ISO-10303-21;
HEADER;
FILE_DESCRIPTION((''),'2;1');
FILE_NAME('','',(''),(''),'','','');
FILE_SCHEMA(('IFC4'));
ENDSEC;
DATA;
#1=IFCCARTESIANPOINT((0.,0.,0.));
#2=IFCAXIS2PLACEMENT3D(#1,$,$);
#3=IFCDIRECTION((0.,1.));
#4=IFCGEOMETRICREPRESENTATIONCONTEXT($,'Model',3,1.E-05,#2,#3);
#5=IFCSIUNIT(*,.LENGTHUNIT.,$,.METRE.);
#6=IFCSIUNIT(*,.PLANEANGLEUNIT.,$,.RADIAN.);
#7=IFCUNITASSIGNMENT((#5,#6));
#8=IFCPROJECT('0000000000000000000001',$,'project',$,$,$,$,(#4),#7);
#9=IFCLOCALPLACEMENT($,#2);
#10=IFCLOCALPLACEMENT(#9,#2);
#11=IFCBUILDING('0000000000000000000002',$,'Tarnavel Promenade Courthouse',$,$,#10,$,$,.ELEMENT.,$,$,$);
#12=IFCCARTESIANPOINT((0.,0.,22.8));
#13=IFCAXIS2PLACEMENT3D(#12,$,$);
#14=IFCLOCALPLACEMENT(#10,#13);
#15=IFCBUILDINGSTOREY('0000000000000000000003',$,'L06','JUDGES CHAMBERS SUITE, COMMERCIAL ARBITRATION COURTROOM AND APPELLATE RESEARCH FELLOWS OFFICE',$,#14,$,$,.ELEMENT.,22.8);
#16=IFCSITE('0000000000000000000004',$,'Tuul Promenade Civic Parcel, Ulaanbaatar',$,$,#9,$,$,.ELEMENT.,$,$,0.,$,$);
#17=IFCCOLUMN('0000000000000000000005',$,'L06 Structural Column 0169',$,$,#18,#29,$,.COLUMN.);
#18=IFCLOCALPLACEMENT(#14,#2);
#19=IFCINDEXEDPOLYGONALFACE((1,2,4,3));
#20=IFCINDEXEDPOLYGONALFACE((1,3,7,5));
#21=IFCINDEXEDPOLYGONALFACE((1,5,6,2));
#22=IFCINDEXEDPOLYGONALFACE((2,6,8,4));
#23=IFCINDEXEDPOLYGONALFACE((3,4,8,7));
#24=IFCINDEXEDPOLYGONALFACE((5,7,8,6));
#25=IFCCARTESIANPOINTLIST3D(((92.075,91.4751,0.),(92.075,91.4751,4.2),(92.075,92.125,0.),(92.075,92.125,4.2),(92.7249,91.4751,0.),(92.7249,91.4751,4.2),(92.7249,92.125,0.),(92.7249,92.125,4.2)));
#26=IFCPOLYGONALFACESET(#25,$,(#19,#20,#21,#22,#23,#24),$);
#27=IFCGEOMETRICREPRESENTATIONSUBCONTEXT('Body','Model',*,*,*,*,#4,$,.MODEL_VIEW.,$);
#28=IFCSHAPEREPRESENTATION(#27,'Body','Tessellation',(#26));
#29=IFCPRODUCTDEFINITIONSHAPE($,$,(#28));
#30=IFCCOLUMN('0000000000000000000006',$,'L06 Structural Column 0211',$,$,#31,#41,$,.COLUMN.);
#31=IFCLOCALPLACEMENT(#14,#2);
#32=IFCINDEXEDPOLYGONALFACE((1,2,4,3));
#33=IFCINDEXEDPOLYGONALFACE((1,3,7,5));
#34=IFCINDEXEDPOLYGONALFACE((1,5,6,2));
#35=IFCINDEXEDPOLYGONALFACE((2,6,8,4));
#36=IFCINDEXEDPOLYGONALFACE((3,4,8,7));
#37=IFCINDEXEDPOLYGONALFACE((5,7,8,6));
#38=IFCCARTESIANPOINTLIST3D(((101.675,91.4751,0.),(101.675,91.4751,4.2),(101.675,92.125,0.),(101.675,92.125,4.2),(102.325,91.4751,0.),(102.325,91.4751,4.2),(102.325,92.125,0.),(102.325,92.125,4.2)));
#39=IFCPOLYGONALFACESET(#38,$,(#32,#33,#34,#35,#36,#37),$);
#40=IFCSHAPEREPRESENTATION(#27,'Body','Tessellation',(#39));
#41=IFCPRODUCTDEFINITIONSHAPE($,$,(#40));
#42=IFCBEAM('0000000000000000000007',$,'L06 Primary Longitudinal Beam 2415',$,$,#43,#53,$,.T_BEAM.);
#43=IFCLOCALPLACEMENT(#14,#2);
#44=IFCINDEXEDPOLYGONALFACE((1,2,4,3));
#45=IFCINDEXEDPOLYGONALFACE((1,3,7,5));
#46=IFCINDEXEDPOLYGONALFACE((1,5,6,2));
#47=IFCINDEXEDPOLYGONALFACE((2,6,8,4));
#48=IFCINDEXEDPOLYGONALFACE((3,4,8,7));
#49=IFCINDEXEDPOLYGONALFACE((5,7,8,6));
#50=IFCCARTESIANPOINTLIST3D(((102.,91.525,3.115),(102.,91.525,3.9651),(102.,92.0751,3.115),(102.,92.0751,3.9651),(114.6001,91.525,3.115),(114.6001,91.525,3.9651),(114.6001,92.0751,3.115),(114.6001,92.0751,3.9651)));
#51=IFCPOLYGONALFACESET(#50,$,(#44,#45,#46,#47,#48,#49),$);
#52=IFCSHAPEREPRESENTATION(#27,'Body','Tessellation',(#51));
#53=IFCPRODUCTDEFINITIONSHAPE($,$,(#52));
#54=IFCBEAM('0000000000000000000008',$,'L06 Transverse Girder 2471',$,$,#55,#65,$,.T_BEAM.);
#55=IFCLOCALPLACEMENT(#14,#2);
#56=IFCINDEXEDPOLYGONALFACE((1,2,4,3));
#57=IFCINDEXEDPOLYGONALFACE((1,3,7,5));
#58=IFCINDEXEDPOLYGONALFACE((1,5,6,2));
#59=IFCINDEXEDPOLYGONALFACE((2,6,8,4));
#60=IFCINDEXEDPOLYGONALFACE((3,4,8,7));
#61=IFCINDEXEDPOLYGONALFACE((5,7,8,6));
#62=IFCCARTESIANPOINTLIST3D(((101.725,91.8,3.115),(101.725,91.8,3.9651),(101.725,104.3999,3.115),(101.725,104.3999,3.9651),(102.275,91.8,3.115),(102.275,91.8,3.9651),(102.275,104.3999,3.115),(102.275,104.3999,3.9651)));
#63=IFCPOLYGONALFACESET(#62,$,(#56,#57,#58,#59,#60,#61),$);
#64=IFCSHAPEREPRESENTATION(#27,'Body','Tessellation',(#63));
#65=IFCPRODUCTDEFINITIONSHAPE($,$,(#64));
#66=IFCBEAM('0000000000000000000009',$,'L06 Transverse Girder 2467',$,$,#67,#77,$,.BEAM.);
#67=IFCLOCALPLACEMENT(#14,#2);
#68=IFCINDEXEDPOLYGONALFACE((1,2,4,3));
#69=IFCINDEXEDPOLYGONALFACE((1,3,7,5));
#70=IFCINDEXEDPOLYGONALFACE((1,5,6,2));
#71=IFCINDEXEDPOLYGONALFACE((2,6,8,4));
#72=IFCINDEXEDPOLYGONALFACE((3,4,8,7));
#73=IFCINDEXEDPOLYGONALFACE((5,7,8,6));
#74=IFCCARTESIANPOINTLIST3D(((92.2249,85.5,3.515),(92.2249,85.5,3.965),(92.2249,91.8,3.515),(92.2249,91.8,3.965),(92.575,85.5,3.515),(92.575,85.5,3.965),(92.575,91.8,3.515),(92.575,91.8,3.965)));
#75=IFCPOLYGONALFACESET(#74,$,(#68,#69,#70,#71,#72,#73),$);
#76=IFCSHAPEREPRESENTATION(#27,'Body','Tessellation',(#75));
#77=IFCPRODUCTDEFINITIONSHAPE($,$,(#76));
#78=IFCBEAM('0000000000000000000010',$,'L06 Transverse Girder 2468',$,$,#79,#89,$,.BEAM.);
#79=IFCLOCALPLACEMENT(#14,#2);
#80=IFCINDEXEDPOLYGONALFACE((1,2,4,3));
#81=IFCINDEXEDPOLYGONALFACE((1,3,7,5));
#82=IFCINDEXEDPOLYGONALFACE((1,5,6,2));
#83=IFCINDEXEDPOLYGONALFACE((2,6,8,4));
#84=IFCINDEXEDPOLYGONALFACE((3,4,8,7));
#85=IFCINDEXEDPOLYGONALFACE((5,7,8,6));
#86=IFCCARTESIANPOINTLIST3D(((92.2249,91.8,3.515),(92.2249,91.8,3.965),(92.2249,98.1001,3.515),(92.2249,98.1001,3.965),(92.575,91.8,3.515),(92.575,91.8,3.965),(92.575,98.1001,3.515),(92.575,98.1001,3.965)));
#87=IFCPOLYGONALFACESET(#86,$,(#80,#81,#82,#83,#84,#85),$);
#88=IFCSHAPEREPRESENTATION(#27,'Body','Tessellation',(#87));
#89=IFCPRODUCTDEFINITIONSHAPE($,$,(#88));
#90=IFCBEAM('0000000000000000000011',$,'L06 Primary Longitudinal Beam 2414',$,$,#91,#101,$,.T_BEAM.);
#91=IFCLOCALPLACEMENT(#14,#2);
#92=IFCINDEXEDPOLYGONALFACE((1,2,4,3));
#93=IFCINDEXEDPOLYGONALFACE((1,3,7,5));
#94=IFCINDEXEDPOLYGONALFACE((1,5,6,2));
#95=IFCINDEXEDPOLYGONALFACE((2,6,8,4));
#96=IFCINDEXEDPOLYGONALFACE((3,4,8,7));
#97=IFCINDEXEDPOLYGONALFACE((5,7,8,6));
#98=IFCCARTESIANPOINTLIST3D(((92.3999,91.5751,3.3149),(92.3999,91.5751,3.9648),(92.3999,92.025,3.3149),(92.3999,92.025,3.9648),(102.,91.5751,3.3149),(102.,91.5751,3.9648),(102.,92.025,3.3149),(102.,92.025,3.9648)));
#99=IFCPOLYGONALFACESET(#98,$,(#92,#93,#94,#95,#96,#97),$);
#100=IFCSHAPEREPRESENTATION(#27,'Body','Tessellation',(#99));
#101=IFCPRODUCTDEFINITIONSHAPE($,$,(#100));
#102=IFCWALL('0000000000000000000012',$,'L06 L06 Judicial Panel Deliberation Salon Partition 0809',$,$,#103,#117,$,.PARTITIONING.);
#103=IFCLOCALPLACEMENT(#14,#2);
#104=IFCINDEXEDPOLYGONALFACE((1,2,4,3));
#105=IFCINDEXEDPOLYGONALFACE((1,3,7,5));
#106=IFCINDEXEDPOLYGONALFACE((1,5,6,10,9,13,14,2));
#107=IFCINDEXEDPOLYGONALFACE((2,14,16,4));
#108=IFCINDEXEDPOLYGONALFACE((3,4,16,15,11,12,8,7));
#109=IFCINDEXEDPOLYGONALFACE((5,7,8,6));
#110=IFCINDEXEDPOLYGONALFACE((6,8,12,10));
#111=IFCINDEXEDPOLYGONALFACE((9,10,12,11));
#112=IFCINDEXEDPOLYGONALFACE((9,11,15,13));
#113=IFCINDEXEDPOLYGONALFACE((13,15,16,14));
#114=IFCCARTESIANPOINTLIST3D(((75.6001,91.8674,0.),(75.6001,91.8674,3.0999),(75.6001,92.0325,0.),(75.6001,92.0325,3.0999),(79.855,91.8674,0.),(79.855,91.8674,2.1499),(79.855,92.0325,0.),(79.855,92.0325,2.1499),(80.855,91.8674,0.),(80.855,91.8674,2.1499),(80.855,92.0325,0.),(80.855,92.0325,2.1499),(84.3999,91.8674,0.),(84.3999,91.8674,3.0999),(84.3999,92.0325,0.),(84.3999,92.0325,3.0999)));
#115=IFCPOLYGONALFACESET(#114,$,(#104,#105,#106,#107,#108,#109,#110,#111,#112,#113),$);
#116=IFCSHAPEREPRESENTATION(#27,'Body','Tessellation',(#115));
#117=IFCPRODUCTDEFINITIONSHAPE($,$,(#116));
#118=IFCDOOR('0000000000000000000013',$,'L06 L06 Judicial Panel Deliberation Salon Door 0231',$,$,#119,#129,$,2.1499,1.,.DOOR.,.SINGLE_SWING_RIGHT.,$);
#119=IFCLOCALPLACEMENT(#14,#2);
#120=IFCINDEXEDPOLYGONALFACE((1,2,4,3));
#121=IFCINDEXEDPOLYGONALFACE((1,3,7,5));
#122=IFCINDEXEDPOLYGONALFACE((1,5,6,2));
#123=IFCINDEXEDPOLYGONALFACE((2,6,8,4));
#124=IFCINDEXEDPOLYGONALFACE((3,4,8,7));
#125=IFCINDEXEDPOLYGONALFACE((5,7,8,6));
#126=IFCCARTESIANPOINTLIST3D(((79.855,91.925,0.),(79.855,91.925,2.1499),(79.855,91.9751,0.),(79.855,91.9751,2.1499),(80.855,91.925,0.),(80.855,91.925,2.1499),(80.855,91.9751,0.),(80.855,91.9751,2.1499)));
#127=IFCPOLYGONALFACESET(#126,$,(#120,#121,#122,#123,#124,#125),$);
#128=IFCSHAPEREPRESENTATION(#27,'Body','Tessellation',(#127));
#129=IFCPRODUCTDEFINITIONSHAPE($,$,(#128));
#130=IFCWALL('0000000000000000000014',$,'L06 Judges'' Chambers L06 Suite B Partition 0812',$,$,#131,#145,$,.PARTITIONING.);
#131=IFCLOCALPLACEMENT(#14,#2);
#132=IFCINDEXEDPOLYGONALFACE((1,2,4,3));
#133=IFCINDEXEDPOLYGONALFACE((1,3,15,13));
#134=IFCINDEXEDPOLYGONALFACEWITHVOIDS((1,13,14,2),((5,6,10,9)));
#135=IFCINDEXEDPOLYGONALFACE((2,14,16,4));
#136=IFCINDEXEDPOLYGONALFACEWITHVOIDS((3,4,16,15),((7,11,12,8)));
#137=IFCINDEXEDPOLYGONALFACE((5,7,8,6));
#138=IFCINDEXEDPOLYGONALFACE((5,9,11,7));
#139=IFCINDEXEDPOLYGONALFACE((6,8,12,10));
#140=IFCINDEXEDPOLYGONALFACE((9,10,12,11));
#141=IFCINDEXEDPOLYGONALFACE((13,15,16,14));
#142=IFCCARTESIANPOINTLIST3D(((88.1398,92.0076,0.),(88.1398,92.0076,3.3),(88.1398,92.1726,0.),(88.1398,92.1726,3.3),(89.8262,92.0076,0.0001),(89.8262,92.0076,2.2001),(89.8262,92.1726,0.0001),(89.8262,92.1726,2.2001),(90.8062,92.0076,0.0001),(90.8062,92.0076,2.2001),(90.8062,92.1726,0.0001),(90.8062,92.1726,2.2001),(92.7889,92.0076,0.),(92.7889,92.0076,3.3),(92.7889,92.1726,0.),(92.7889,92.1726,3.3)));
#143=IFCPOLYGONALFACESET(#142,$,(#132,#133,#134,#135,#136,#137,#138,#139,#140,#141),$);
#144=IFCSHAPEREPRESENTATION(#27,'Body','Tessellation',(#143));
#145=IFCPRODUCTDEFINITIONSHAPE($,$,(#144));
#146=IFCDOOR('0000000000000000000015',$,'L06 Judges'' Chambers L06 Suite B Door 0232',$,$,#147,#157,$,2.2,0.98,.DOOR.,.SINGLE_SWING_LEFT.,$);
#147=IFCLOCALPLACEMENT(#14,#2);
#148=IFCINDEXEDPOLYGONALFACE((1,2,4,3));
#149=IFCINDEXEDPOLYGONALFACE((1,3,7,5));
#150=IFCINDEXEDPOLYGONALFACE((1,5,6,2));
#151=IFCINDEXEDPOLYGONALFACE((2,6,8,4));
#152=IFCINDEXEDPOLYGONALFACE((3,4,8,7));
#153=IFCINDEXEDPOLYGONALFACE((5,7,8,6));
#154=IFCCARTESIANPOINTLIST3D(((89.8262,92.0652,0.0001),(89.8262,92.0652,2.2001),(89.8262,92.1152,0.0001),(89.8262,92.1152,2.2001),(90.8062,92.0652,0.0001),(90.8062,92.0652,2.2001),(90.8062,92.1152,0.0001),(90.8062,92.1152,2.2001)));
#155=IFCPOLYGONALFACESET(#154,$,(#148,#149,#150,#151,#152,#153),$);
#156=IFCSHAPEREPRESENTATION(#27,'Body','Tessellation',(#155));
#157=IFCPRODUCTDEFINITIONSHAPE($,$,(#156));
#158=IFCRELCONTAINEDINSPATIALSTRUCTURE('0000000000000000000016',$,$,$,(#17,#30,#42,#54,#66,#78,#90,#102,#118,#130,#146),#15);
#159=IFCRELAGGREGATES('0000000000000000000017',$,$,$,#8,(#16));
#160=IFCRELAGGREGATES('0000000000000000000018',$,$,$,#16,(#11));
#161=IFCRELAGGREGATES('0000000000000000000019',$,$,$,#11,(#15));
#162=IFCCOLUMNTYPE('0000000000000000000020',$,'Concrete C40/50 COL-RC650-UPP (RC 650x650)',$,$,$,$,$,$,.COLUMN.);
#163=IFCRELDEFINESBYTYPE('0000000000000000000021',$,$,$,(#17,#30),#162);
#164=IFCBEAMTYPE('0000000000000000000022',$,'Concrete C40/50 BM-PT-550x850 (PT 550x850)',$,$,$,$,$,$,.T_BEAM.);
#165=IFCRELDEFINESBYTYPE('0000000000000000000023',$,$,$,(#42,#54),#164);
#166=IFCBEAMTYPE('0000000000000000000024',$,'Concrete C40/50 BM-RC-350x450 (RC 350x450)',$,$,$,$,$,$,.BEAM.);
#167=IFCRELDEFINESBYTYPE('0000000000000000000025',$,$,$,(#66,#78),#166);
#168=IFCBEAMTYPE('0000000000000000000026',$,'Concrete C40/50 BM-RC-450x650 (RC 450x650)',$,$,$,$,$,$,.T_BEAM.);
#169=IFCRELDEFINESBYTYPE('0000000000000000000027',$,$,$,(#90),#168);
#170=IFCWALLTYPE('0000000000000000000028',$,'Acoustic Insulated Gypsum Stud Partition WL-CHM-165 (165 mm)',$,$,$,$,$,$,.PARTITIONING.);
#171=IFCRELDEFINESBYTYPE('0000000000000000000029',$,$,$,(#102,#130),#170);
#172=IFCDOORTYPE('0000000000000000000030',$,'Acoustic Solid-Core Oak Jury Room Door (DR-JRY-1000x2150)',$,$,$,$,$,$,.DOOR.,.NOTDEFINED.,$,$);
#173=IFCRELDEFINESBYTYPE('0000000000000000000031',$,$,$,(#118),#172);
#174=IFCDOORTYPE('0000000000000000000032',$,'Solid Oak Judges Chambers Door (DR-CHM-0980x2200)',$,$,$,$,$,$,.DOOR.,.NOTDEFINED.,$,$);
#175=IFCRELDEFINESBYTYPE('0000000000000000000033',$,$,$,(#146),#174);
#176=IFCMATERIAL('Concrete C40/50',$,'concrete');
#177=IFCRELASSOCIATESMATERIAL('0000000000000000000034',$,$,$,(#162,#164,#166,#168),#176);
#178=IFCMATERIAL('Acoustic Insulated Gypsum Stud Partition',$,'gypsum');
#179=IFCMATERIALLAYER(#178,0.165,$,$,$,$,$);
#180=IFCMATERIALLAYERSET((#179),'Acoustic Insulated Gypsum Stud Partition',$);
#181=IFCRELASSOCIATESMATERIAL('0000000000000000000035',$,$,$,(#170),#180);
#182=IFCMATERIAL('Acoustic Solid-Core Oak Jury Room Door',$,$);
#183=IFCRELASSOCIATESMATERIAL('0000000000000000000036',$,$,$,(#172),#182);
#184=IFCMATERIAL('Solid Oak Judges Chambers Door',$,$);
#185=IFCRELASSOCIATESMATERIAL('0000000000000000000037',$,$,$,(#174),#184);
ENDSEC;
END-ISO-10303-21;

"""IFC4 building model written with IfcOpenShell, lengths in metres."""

from ifc_helpers import new_model, si_unit, direction, frame, frame_2d, origin, origin_2d, place, context, subcontext, project, spatial, rectangle, extrude, material, layer, layer_set, material_profile, profile_set, type_object, element, fill, save


model = new_model("IFC4")

# Units and contexts
model_context = context("Model", 3, precision=1e-05, world=origin(), true_north=direction((0.0, 1.0)))
body_context = subcontext(model_context, "Body", "Model", "MODEL_VIEW")
ifc_project = project(units=[si_unit("LENGTHUNIT", "METRE"), si_unit("PLANEANGLEUNIT", "RADIAN")], contexts=[model_context])

# Site, building, storey
site_placement = place(None, origin())
site = spatial("IfcSite", under=ifc_project, at=site_placement, Name="Tuul Promenade Civic Parcel, Ulaanbaatar", CompositionType="ELEMENT", RefElevation=0.0)
building_placement = place(site_placement, origin())
building = spatial("IfcBuilding", under=site, at=building_placement, Name="Tarnavel Promenade Courthouse", CompositionType="ELEMENT")
storey_placement = place(building_placement, frame((0.0, 0.0, 22.8)))
storey = spatial("IfcBuildingStorey", under=building, at=storey_placement, Name="L06", Description="JUDGES CHAMBERS SUITE, COMMERCIAL ARBITRATION COURTROOM AND APPELLATE RESEARCH FELLOWS OFFICE", CompositionType="ELEMENT", Elevation=22.8)

# Columns
ifc_material_1 = material(Name="Concrete C40/50", Category="concrete")
ifc_material_profile_1 = material_profile(ifc_material_1, rectangle(XDim=0.6499, YDim=0.6499, at=origin_2d()), Name="RC 650x650")
ifc_profile_set_1 = profile_set([ifc_material_profile_1], Name="Concrete C40/50")
column_type = type_object("IfcColumnType", Name="Concrete C40/50 COL-RC650-UPP (RC 650x650)", PredefinedType="COLUMN", material=ifc_profile_set_1)
for number, where, z_axis, x_axis, name in (
    (1, (92.3999, 91.8, 0.0), (0.0, 0.0, 1.0), (1.0, 0.0, 0.0), "L06 Structural Column 0169"),
    (2, (102.0, 91.8, 0.0), (0.0, 0.0, 1.0), (1.0, 0.0, 0.0), "L06 Structural Column 0211"),
):
    element("IfcColumn", number, at=place(storey_placement, frame(where, z_axis=z_axis, x_axis=x_axis)), inside=storey, type_object=column_type, Name=name, PredefinedType="COLUMN", context=body_context, shape_type="SweptSolid", body=[
        extrude(rectangle(XDim=0.6499, YDim=0.6499, at=origin_2d()), origin(), (0.0, 0.0, 1.0), 4.2),
    ])

# Beams
ifc_material_profile_2 = material_profile(ifc_material_1, rectangle(XDim=0.55, YDim=0.8501, at=origin_2d()), Name="PT 550x850")
ifc_profile_set_2 = profile_set([ifc_material_profile_2], Name="Concrete C40/50")
beam_type_1 = type_object("IfcBeamType", Name="Concrete C40/50 BM-PT-550x850 (PT 550x850)", PredefinedType="T_BEAM", material=ifc_profile_set_2)
beam_1_placement = place(storey_placement, frame((102.0, 91.8, 3.54), z_axis=(1.0, 0.0, 0.0), x_axis=(0.0, 1.0, 0.0)))
element("IfcBeam", 3, at=beam_1_placement, inside=storey, type_object=beam_type_1, Name="L06 Primary Longitudinal Beam 2415", PredefinedType="T_BEAM", context=body_context, shape_type="SweptSolid", body=[
    extrude(rectangle(XDim=0.55, YDim=0.8501, at=origin_2d()), origin(), (0.0, 0.0, 1.0), 12.6001),
])
beam_2_placement = place(storey_placement, frame((102.0, 91.8, 3.54), z_axis=(0.0, 1.0, 0.0), x_axis=(-1.0, 0.0, 0.0)))
element("IfcBeam", 4, at=beam_2_placement, inside=storey, type_object=beam_type_1, Name="L06 Transverse Girder 2471", PredefinedType="T_BEAM", context=body_context, shape_type="SweptSolid", body=[
    extrude(rectangle(XDim=0.55, YDim=0.8501, at=origin_2d()), origin(), (0.0, 0.0, 1.0), 12.5999),
])
ifc_material_profile_3 = material_profile(ifc_material_1, rectangle(XDim=0.3501, YDim=0.45, at=origin_2d()), Name="RC 350x450")
ifc_profile_set_3 = profile_set([ifc_material_profile_3], Name="Concrete C40/50")
beam_type_2 = type_object("IfcBeamType", Name="Concrete C40/50 BM-RC-350x450 (RC 350x450)", PredefinedType="BEAM", material=ifc_profile_set_3)
for number, where, z_axis, x_axis, name in (
    (5, (92.3999, 85.5, 3.74), (0.0, 1.0, 0.0), (-1.0, 0.0, 0.0), "L06 Transverse Girder 2467"),
    (6, (92.3999, 91.8, 3.74), (0.0, 1.0, 0.0), (-1.0, 0.0, 0.0), "L06 Transverse Girder 2468"),
):
    element("IfcBeam", number, at=place(storey_placement, frame(where, z_axis=z_axis, x_axis=x_axis)), inside=storey, type_object=beam_type_2, Name=name, PredefinedType="BEAM", context=body_context, shape_type="SweptSolid", body=[
        extrude(rectangle(XDim=0.3501, YDim=0.45, at=origin_2d()), origin(), (0.0, 0.0, 1.0), 6.3),
    ])
ifc_material_profile_4 = material_profile(ifc_material_1, rectangle(XDim=0.45, YDim=0.6499, at=origin_2d()), Name="RC 450x650")
ifc_profile_set_4 = profile_set([ifc_material_profile_4], Name="Concrete C40/50")
beam_type_3 = type_object("IfcBeamType", Name="Concrete C40/50 BM-RC-450x650 (RC 450x650)", PredefinedType="T_BEAM", material=ifc_profile_set_4)
beam_3_placement = place(storey_placement, frame((92.3999, 91.8, 3.6399), z_axis=(1.0, 0.0, 0.0), x_axis=(0.0, 1.0, 0.0)))
element("IfcBeam", 7, at=beam_3_placement, inside=storey, type_object=beam_type_3, Name="L06 Primary Longitudinal Beam 2414", PredefinedType="T_BEAM", context=body_context, shape_type="SweptSolid", body=[
    extrude(rectangle(XDim=0.45, YDim=0.6499, at=origin_2d()), origin(), (0.0, 0.0, 1.0), 9.6001),
])

# Walls, openings, doors
ifc_material_2 = material(Name="Acoustic Insulated Gypsum Stud Partition", Category="gypsum")
ifc_layer_1 = layer(ifc_material_2, 0.165)
ifc_layer_set_1 = layer_set([ifc_layer_1], Name="Acoustic Insulated Gypsum Stud Partition")
wall_type_1 = type_object("IfcWallType", Name="Acoustic Insulated Gypsum Stud Partition WL-CHM-165 (165 mm)", PredefinedType="PARTITIONING", material=ifc_layer_set_1)
wall_1_placement = place(storey_placement, frame((84.3999, 91.95, 0.0), z_axis=(0.0, 0.0, 1.0), x_axis=(-1.0, 0.0, 0.0)))
wall_1 = element("IfcWall", 8, at=wall_1_placement, inside=storey, type_object=wall_type_1, Name="L06 L06 Judicial Panel Deliberation Salon Partition 0809", PredefinedType="PARTITIONING", context=body_context, shape_type="SweptSolid", body=[
    extrude(rectangle(XDim=8.7998, YDim=0.165, at=frame_2d((4.3999, 0.0))), origin(), (0.0, 0.0, 1.0), 3.0999),
])
opening_1_placement = place(wall_1_placement, frame((3.5449, 0.0, 0.0)))
opening_1 = element("IfcOpeningElement", 9, at=opening_1_placement, cuts=wall_1, PredefinedType="OPENING", context=body_context, shape_type="SweptSolid", body=[
    extrude(rectangle(XDim=1.0, YDim=2.1499, at=frame_2d((0.5, 1.075))), frame((0.0, 0.0925, 0.0), z_axis=(0.0, -1.0, 0.0), x_axis=(1.0, 0.0, 0.0)), (0.0, 0.0, 1.0), 0.1851),
])
ifc_material_3 = material(Name="Acoustic Solid-Core Oak Jury Room Door")
door_type_1 = type_object("IfcDoorType", Name="Acoustic Solid-Core Oak Jury Room Door (DR-JRY-1000x2150)", OperationType="NOTDEFINED", PredefinedType="DOOR", material=ifc_material_3)
door_1_placement = place(opening_1_placement, origin())
door_1 = element("IfcDoor", 10, at=door_1_placement, inside=storey, type_object=door_type_1, Name="L06 L06 Judicial Panel Deliberation Salon Door 0231", OperationType="SINGLE_SWING_RIGHT", OverallHeight=2.1499, OverallWidth=1.0, PredefinedType="DOOR", context=body_context, shape_type="SweptSolid", body=[
    extrude(rectangle(XDim=1.0, YDim=2.1499, at=frame_2d((0.5, 1.075))), frame((0.0, 0.0249, 0.0), z_axis=(0.0, -1.0, 0.0), x_axis=(1.0, 0.0, 0.0)), (0.0, 0.0, 1.0), 0.05),
])
fill(opening_1, door_1)
wall_2_placement = place(storey_placement, frame((92.7891, 92.0901, 0.0), z_axis=(0.0, 0.0, 1.0), x_axis=(-1.0, 0.0, 0.0)))
wall_2 = element("IfcWall", 11, at=wall_2_placement, inside=storey, type_object=wall_type_1, Name="L06 Judges' Chambers L06 Suite B Partition 0812", PredefinedType="PARTITIONING", context=body_context, shape_type="SweptSolid", body=[
    extrude(rectangle(XDim=4.6492, YDim=0.165, at=frame_2d((2.3247, 0.0))), origin(), (0.0, 0.0, 1.0), 3.3),
])
opening_2_placement = place(wall_2_placement, frame((1.9829, 0.0, 0.0)))
opening_2 = element("IfcOpeningElement", 12, at=opening_2_placement, cuts=wall_2, PredefinedType="OPENING", context=body_context, shape_type="SweptSolid", body=[
    extrude(rectangle(XDim=0.98, YDim=2.2, at=frame_2d((0.49, 1.1001))), frame((0.0, 0.0925, 0.0), z_axis=(0.0, -1.0, 0.0), x_axis=(1.0, 0.0, 0.0)), (0.0, 0.0, 1.0), 0.1851),
])
ifc_material_4 = material(Name="Solid Oak Judges Chambers Door")
door_type_2 = type_object("IfcDoorType", Name="Solid Oak Judges Chambers Door (DR-CHM-0980x2200)", OperationType="NOTDEFINED", PredefinedType="DOOR", material=ifc_material_4)
door_2_placement = place(opening_2_placement, origin())
door_2 = element("IfcDoor", 13, at=door_2_placement, inside=storey, type_object=door_type_2, Name="L06 Judges' Chambers L06 Suite B Door 0232", OperationType="SINGLE_SWING_LEFT", OverallHeight=2.2, OverallWidth=0.98, PredefinedType="DOOR", context=body_context, shape_type="SweptSolid", body=[
    extrude(rectangle(XDim=0.98, YDim=2.2, at=frame_2d((0.49, 1.1001))), frame((0.0, 0.0249, 0.0), z_axis=(0.0, -1.0, 0.0), x_axis=(1.0, 0.0, 0.0)), (0.0, 0.0, 1.0), 0.05),
])
fill(opening_2, door_2)

save(model, "model.ifc")
